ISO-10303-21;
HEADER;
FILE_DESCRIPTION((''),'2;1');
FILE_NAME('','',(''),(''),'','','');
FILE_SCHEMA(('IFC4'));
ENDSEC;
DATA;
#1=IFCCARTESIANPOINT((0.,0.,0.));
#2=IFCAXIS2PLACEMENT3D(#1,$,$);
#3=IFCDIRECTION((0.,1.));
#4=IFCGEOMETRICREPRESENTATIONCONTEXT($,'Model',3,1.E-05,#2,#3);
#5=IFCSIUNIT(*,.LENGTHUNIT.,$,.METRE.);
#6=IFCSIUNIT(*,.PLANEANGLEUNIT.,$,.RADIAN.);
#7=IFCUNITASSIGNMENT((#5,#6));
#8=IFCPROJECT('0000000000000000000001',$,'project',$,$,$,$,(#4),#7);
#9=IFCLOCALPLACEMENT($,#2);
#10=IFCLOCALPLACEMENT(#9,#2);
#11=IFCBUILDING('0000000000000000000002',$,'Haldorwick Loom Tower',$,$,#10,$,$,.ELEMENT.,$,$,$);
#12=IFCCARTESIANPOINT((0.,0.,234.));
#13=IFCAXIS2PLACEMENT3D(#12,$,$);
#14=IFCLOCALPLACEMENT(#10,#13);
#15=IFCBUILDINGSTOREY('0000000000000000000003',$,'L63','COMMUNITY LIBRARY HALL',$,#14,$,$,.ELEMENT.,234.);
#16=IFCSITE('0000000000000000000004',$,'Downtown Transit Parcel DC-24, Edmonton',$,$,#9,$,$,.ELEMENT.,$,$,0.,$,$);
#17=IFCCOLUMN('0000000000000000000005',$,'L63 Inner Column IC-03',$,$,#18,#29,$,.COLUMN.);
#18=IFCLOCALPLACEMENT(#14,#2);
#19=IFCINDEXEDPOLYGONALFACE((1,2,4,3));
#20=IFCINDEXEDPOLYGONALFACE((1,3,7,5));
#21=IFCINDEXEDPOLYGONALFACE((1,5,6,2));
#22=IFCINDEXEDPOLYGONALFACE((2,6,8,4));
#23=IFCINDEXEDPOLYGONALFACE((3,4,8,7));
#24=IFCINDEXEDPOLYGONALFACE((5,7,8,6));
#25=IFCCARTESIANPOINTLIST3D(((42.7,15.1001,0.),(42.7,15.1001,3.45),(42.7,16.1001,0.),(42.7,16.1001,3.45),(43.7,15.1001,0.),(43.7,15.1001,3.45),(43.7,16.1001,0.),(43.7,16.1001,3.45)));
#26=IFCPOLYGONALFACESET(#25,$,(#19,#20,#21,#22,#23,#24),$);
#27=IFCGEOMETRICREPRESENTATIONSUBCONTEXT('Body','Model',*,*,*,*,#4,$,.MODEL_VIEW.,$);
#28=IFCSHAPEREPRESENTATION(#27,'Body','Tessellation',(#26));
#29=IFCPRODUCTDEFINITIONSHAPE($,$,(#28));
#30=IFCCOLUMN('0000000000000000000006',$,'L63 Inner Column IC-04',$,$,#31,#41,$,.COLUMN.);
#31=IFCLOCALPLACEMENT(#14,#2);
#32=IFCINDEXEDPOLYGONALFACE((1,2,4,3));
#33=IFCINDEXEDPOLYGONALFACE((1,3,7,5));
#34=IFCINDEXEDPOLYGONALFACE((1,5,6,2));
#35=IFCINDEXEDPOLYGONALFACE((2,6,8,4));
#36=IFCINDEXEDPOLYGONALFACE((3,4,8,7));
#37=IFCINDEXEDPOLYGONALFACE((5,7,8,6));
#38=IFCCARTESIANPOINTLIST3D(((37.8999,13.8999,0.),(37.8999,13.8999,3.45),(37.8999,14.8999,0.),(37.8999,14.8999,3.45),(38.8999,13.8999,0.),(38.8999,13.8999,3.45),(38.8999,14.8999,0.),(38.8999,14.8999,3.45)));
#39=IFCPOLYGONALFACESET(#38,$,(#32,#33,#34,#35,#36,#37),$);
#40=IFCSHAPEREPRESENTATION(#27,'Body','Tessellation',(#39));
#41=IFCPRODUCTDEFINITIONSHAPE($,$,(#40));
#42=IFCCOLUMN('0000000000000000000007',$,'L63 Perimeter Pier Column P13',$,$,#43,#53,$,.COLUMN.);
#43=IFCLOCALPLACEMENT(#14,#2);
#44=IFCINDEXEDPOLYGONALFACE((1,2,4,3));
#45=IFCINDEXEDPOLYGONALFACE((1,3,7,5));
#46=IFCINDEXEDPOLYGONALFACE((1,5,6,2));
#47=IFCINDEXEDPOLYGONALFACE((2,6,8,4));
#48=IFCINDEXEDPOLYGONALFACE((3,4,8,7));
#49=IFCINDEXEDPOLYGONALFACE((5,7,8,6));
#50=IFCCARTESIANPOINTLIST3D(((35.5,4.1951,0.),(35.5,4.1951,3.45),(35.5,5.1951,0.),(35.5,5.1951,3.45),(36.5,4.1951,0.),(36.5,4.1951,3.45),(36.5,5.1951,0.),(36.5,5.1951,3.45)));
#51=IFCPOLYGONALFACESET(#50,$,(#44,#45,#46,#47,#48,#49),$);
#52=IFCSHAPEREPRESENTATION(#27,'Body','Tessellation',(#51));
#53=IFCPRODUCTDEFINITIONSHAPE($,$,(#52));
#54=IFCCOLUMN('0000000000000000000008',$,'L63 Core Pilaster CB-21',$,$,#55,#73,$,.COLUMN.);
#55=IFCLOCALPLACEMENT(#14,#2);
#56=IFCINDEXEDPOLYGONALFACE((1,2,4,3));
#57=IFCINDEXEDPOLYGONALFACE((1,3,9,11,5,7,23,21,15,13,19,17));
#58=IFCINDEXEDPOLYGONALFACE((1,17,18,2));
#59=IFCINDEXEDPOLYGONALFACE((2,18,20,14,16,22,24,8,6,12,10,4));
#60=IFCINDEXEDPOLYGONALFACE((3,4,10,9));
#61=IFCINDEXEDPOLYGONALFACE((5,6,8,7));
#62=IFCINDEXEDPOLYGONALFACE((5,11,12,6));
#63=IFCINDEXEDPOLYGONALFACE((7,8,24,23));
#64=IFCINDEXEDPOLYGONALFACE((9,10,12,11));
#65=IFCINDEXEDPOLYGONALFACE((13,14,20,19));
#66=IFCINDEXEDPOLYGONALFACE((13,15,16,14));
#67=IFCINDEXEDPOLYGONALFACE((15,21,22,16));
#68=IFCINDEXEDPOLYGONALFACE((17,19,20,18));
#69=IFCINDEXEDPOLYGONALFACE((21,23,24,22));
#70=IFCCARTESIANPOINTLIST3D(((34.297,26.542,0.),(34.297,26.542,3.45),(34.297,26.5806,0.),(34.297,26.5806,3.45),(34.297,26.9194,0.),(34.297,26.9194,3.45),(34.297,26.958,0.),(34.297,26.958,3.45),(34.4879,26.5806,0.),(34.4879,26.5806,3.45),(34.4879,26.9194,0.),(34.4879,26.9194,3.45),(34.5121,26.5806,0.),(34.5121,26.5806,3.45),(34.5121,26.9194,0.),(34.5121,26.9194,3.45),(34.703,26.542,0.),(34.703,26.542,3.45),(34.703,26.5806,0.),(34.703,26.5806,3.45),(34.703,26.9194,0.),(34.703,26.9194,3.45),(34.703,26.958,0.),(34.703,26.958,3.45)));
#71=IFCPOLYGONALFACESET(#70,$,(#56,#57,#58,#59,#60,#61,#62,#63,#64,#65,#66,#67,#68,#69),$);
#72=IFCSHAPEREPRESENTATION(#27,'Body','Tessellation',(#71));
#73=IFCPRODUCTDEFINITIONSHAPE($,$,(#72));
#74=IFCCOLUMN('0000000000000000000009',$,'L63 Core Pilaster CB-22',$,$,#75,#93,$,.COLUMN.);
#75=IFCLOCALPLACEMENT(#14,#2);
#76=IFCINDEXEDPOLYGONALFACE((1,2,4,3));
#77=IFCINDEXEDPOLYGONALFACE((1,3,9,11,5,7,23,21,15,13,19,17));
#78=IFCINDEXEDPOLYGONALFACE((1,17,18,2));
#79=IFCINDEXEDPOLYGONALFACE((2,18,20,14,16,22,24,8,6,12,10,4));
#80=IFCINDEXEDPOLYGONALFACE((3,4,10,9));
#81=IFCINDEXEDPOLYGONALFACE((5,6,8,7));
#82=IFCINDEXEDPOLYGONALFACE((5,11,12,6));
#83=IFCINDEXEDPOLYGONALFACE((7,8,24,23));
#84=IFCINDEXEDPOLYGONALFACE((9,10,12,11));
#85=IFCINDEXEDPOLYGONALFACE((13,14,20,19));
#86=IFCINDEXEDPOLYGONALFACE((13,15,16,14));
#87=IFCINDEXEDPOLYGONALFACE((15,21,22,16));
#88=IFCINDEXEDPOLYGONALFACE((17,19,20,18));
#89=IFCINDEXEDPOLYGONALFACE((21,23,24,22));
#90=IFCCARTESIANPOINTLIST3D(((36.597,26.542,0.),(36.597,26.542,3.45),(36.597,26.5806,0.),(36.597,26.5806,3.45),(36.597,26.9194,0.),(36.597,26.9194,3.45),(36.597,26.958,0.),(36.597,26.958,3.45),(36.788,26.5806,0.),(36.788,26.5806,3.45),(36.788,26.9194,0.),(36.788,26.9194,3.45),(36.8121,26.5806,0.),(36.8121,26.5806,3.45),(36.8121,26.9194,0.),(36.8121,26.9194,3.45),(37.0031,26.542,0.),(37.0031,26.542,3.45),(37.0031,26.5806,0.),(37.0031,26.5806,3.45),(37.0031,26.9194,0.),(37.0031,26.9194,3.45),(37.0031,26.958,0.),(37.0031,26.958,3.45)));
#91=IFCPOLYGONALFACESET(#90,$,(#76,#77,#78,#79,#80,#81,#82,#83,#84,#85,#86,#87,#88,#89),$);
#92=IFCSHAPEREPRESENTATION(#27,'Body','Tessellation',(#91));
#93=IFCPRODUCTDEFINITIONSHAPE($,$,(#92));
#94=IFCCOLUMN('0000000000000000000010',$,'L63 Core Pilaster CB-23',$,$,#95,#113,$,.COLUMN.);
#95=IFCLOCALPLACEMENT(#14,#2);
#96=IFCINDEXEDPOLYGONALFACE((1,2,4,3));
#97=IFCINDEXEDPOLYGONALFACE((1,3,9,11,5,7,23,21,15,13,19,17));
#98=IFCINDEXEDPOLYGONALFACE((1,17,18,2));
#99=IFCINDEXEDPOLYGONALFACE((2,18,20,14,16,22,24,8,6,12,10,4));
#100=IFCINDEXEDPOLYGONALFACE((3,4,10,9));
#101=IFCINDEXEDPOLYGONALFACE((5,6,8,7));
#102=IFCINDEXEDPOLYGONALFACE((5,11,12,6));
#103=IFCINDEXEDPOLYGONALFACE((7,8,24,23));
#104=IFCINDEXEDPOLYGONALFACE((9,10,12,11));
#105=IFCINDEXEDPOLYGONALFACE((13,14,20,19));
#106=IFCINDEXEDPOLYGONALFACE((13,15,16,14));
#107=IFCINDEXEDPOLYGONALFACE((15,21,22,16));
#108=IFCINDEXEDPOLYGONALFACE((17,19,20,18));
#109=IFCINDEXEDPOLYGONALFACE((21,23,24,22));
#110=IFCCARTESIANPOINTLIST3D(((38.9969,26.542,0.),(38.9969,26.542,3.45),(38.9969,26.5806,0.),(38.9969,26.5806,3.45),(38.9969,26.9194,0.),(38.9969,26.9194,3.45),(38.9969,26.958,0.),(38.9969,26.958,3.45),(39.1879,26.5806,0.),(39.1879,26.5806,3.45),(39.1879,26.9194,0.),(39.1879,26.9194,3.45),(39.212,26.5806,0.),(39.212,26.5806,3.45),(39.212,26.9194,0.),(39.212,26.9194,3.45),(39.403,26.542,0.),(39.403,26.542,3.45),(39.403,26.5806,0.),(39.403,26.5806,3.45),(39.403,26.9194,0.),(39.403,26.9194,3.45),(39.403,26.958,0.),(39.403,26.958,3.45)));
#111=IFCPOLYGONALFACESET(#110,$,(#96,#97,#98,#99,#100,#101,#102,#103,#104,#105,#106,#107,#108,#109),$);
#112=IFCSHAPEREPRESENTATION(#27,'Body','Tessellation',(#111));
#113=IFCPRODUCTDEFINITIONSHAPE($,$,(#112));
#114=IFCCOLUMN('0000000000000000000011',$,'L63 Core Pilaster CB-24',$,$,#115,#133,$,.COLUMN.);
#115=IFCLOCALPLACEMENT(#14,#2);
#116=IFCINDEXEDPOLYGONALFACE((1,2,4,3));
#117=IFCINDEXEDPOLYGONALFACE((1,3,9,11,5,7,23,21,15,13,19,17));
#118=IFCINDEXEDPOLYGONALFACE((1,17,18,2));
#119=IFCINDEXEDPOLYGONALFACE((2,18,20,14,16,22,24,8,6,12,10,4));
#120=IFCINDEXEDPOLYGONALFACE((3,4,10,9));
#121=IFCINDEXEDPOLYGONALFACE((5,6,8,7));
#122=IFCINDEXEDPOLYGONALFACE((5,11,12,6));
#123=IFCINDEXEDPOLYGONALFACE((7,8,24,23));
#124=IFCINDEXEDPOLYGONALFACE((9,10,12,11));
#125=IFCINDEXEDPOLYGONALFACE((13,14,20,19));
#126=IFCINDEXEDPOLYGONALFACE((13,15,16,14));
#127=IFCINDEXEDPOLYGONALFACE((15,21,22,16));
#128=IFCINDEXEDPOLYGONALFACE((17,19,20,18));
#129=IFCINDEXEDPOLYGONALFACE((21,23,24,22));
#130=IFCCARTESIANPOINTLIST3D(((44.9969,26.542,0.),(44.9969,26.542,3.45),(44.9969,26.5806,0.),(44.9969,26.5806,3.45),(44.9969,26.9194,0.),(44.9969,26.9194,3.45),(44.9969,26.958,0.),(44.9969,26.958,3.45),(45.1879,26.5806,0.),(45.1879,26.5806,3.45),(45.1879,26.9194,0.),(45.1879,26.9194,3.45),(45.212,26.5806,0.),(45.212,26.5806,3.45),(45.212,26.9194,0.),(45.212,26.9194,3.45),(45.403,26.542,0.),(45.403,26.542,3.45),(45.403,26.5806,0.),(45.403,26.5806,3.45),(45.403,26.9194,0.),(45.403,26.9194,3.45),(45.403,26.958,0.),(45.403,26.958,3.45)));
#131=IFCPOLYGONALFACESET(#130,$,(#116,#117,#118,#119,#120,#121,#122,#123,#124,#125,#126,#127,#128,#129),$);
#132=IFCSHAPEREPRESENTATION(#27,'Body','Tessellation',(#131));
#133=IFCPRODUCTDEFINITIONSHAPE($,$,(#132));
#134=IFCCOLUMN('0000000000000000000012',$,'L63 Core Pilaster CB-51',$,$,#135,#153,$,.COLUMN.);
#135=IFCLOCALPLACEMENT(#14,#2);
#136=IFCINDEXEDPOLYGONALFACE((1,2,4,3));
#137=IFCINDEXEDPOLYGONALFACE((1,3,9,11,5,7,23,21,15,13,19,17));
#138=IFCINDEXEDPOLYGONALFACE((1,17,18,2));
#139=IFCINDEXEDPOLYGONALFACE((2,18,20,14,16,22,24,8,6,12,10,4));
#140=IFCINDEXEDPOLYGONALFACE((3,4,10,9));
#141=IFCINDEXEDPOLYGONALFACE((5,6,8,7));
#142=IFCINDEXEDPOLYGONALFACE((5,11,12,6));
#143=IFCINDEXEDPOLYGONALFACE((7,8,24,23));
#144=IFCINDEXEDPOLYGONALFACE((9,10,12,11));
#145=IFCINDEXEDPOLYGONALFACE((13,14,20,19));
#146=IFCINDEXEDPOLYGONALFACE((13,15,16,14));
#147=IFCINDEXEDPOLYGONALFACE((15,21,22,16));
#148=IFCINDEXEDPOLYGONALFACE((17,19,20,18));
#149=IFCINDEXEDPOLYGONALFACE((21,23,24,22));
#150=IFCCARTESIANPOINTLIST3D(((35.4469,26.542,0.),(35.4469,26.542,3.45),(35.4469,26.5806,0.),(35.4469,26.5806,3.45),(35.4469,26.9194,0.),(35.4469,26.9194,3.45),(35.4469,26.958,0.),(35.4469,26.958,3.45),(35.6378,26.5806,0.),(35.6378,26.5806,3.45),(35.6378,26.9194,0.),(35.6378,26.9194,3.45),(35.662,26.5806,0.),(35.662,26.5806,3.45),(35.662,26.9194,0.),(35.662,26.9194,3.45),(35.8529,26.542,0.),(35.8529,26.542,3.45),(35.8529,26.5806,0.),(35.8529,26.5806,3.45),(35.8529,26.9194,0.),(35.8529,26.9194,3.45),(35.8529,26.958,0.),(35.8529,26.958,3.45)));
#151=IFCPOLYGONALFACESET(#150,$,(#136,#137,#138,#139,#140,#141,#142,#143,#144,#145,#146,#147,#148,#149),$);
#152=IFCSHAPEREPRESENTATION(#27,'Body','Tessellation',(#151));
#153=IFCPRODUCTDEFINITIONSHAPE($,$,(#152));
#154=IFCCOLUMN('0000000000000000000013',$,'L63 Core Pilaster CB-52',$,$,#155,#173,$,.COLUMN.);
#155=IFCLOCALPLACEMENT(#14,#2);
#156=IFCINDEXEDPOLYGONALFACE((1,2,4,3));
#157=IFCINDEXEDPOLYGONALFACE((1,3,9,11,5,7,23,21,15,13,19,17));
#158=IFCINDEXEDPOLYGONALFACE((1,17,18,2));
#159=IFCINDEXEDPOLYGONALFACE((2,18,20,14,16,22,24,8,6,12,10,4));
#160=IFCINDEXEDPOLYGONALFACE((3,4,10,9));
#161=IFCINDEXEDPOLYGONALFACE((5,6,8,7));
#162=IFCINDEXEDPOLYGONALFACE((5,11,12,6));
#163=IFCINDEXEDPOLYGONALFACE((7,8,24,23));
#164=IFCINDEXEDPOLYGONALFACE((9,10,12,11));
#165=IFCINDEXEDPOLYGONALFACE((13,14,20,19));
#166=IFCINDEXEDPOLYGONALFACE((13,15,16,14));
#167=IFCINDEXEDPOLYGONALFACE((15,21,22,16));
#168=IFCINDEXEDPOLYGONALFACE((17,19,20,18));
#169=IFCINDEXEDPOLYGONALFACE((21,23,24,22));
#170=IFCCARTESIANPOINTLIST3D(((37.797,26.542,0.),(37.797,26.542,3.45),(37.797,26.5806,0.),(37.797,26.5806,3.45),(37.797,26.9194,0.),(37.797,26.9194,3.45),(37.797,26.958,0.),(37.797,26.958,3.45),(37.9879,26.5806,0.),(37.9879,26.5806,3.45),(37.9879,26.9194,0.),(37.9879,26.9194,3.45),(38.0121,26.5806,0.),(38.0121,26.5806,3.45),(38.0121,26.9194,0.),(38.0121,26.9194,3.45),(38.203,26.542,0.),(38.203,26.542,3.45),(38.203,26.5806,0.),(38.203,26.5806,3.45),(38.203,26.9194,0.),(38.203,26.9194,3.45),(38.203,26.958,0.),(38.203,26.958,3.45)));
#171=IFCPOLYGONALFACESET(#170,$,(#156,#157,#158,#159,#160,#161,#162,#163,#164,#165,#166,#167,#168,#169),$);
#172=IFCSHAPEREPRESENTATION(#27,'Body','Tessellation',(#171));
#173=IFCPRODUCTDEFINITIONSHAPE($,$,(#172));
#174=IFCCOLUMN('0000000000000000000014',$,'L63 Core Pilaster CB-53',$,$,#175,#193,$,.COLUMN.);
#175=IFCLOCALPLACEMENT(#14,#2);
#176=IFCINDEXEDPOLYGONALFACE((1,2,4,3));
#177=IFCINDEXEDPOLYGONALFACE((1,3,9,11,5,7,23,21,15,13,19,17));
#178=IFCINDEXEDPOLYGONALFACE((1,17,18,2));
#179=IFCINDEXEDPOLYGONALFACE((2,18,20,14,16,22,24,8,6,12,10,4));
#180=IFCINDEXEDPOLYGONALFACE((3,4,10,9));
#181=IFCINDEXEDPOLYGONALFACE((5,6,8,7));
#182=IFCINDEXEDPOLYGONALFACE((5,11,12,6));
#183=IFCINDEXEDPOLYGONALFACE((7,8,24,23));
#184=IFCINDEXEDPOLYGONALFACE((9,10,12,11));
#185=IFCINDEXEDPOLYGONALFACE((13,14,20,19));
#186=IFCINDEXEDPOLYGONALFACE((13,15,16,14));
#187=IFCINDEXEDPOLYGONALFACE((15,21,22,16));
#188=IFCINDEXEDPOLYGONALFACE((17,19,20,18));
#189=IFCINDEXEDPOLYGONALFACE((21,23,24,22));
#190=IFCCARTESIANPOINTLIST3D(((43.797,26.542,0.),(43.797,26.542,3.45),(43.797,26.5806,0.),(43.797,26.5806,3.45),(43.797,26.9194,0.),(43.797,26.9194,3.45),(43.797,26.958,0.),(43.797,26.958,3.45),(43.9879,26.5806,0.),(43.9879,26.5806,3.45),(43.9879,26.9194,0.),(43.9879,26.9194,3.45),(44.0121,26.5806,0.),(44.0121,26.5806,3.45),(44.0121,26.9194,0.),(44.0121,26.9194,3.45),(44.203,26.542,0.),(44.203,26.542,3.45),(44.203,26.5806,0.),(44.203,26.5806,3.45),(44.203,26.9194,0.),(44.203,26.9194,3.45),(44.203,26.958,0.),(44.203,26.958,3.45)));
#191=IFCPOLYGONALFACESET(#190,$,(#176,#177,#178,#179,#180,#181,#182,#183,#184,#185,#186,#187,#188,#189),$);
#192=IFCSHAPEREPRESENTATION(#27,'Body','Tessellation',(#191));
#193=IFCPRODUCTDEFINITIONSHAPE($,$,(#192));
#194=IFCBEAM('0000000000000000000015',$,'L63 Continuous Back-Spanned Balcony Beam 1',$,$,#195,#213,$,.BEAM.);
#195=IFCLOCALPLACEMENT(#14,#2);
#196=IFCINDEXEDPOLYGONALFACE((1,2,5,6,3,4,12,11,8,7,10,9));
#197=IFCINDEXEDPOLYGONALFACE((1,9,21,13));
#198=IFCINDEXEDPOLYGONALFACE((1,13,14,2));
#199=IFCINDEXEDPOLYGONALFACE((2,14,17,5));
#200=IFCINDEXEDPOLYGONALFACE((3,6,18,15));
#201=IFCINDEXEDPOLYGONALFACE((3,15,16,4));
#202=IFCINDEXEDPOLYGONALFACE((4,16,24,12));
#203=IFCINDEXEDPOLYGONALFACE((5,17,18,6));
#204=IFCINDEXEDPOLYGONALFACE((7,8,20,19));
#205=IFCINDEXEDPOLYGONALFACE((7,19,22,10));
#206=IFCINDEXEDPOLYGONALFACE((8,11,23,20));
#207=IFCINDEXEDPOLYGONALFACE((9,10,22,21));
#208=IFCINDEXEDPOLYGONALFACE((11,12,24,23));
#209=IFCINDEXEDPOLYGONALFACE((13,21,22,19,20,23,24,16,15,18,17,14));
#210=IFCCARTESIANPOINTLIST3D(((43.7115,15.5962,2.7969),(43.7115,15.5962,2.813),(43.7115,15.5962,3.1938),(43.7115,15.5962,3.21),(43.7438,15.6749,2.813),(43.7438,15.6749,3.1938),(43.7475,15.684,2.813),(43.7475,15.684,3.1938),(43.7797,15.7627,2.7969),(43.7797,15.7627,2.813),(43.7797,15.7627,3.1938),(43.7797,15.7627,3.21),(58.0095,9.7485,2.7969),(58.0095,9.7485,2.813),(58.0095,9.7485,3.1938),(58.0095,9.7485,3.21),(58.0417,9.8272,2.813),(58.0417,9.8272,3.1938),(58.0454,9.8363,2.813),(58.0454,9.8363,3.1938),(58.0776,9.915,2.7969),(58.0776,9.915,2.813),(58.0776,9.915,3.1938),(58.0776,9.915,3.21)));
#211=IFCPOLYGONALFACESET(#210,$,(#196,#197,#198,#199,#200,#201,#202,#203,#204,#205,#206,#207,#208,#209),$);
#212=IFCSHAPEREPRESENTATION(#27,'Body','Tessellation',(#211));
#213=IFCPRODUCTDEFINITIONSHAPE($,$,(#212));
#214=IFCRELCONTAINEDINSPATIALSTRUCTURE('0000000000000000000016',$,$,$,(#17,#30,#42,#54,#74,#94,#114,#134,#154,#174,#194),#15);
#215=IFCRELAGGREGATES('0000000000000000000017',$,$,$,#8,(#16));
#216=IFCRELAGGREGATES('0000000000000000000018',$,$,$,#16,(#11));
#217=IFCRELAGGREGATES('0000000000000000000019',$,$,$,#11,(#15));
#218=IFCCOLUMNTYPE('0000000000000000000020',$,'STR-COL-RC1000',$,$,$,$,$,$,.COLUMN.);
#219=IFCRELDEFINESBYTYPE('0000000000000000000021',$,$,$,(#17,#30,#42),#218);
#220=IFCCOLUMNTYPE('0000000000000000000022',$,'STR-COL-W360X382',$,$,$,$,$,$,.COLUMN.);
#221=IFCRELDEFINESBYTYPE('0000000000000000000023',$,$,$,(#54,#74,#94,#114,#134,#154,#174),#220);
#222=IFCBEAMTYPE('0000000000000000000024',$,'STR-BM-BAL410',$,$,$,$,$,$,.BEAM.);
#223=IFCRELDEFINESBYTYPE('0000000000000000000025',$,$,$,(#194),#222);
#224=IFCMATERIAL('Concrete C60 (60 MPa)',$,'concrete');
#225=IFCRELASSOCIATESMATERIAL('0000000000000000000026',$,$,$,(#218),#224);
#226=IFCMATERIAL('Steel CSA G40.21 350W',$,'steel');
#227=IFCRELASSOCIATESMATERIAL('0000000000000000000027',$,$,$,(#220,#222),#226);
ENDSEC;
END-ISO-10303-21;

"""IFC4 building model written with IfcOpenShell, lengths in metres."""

from ifc_helpers import new_model, si_unit, direction, frame, origin, origin_2d, place, context, subcontext, project, spatial, rectangle, i_section, extrude, material, material_profile, profile_set, type_object, element, save


model = new_model("IFC4")

# Units and contexts
model_context = context("Model", 3, precision=1e-05, world=origin(), true_north=direction((0.0, 1.0)))
body_context = subcontext(model_context, "Body", "Model", "MODEL_VIEW")
ifc_project = project(units=[si_unit("LENGTHUNIT", "METRE"), si_unit("PLANEANGLEUNIT", "RADIAN")], contexts=[model_context])

# Site, building, storey
site_placement = place(None, origin())
site = spatial("IfcSite", under=ifc_project, at=site_placement, Name="Downtown Transit Parcel DC-24, Edmonton", CompositionType="ELEMENT", RefElevation=0.0)
building_placement = place(site_placement, origin())
building = spatial("IfcBuilding", under=site, at=building_placement, Name="Haldorwick Loom Tower", CompositionType="ELEMENT")
storey_placement = place(building_placement, frame((0.0, 0.0, 234.0)))
storey = spatial("IfcBuildingStorey", under=building, at=storey_placement, Name="L63", Description="COMMUNITY LIBRARY HALL", CompositionType="ELEMENT", Elevation=234.0)

# Columns
ifc_material_1 = material(Name="Concrete C60 (60 MPa)", Category="concrete")
ifc_material_profile_1 = material_profile(ifc_material_1, rectangle(XDim=1.0, YDim=1.0, at=origin_2d()), Name="RC1000X1000", Category="concrete")
ifc_profile_set_1 = profile_set([ifc_material_profile_1], Name="Concrete C60 (60 MPa)")
column_type_1 = type_object("IfcColumnType", Name="STR-COL-RC1000", PredefinedType="COLUMN", material=ifc_profile_set_1)
for number, where, z_axis, x_axis, name in (
    (1, (43.2, 15.6001, 0.0), (0.0, 0.0, 1.0), (1.0, 0.0, 0.0), "L63 Inner Column IC-03"),
    (2, (38.3999, 14.3999, 0.0), (0.0, 0.0, 1.0), (1.0, 0.0, 0.0), "L63 Inner Column IC-04"),
    (3, (36.0, 4.6951, 0.0), (0.0, 0.0, 1.0), (0.0, -1.0, 0.0), "L63 Perimeter Pier Column P13"),
):
    element("IfcColumn", number, at=place(storey_placement, frame(where, z_axis=z_axis, x_axis=x_axis)), inside=storey, type_object=column_type_1, Name=name, PredefinedType="COLUMN", context=body_context, shape_type="SweptSolid", body=[
        extrude(rectangle(XDim=1.0, YDim=1.0, at=origin_2d()), origin(), (0.0, 0.0, 1.0), 3.45),
    ])
ifc_material_2 = material(Name="Steel CSA G40.21 350W", Category="steel")
ifc_material_profile_2 = material_profile(ifc_material_2, i_section(OverallWidth=0.406, OverallDepth=0.416, WebThickness=0.0242, FlangeThickness=0.0386, at=origin_2d()), Name="W360X382", Category="steel")
ifc_profile_set_2 = profile_set([ifc_material_profile_2], Name="Steel CSA G40.21 350W")
column_type_2 = type_object("IfcColumnType", Name="STR-COL-W360X382", PredefinedType="COLUMN", material=ifc_profile_set_2)
for number, where, z_axis, x_axis, name in (
    (4, (34.5, 26.75, 0.0), (0.0, 0.0, 1.0), (1.0, 0.0, 0.0), "L63 Core Pilaster CB-21"),
    (5, (36.8, 26.75, 0.0), (0.0, 0.0, 1.0), (1.0, 0.0, 0.0), "L63 Core Pilaster CB-22"),
    (6, (39.2, 26.75, 0.0), (0.0, 0.0, 1.0), (1.0, 0.0, 0.0), "L63 Core Pilaster CB-23"),
    (7, (45.2, 26.75, 0.0), (0.0, 0.0, 1.0), (1.0, 0.0, 0.0), "L63 Core Pilaster CB-24"),
    (8, (35.6499, 26.75, 0.0), (0.0, 0.0, 1.0), (1.0, 0.0, 0.0), "L63 Core Pilaster CB-51"),
    (9, (38.0, 26.75, 0.0), (0.0, 0.0, 1.0), (1.0, 0.0, 0.0), "L63 Core Pilaster CB-52"),
    (10, (44.0, 26.75, 0.0), (0.0, 0.0, 1.0), (1.0, 0.0, 0.0), "L63 Core Pilaster CB-53"),
):
    element("IfcColumn", number, at=place(storey_placement, frame(where, z_axis=z_axis, x_axis=x_axis)), inside=storey, type_object=column_type_2, Name=name, PredefinedType="COLUMN", context=body_context, shape_type="SweptSolid", body=[
        extrude(i_section(OverallWidth=0.406, OverallDepth=0.416, WebThickness=0.0242, FlangeThickness=0.0386, at=origin_2d()), origin(), (0.0, 0.0, 1.0), 3.45),
    ])

# Beam
ifc_material_profile_3 = material_profile(ifc_material_2, i_section(OverallWidth=0.1799, OverallDepth=0.4131, WebThickness=0.0098, FlangeThickness=0.0161, at=origin_2d()), Name="W410X74", Category="steel")
ifc_profile_set_3 = profile_set([ifc_material_profile_3], Name="Steel CSA G40.21 350W")
beam_type_1 = type_object("IfcBeamType", Name="STR-BM-BAL410", PredefinedType="BEAM", material=ifc_profile_set_3)
beam_1_placement = place(storey_placement, frame((43.7456, 15.6794, 3.0034), z_axis=(0.92558, -0.378552, 0.0), x_axis=(0.378552, 0.92558, 0.0)))
element("IfcBeam", 11, at=beam_1_placement, inside=storey, type_object=beam_type_1, Name="L63 Continuous Back-Spanned Balcony Beam 1", PredefinedType="BEAM", context=body_context, shape_type="SweptSolid", body=[
    extrude(i_section(OverallWidth=0.1799, OverallDepth=0.4131, WebThickness=0.0098, FlangeThickness=0.0161, at=origin_2d()), origin(), (0.0, 0.0, 1.0), 15.4475),
])

save(model, "model.ifc")
